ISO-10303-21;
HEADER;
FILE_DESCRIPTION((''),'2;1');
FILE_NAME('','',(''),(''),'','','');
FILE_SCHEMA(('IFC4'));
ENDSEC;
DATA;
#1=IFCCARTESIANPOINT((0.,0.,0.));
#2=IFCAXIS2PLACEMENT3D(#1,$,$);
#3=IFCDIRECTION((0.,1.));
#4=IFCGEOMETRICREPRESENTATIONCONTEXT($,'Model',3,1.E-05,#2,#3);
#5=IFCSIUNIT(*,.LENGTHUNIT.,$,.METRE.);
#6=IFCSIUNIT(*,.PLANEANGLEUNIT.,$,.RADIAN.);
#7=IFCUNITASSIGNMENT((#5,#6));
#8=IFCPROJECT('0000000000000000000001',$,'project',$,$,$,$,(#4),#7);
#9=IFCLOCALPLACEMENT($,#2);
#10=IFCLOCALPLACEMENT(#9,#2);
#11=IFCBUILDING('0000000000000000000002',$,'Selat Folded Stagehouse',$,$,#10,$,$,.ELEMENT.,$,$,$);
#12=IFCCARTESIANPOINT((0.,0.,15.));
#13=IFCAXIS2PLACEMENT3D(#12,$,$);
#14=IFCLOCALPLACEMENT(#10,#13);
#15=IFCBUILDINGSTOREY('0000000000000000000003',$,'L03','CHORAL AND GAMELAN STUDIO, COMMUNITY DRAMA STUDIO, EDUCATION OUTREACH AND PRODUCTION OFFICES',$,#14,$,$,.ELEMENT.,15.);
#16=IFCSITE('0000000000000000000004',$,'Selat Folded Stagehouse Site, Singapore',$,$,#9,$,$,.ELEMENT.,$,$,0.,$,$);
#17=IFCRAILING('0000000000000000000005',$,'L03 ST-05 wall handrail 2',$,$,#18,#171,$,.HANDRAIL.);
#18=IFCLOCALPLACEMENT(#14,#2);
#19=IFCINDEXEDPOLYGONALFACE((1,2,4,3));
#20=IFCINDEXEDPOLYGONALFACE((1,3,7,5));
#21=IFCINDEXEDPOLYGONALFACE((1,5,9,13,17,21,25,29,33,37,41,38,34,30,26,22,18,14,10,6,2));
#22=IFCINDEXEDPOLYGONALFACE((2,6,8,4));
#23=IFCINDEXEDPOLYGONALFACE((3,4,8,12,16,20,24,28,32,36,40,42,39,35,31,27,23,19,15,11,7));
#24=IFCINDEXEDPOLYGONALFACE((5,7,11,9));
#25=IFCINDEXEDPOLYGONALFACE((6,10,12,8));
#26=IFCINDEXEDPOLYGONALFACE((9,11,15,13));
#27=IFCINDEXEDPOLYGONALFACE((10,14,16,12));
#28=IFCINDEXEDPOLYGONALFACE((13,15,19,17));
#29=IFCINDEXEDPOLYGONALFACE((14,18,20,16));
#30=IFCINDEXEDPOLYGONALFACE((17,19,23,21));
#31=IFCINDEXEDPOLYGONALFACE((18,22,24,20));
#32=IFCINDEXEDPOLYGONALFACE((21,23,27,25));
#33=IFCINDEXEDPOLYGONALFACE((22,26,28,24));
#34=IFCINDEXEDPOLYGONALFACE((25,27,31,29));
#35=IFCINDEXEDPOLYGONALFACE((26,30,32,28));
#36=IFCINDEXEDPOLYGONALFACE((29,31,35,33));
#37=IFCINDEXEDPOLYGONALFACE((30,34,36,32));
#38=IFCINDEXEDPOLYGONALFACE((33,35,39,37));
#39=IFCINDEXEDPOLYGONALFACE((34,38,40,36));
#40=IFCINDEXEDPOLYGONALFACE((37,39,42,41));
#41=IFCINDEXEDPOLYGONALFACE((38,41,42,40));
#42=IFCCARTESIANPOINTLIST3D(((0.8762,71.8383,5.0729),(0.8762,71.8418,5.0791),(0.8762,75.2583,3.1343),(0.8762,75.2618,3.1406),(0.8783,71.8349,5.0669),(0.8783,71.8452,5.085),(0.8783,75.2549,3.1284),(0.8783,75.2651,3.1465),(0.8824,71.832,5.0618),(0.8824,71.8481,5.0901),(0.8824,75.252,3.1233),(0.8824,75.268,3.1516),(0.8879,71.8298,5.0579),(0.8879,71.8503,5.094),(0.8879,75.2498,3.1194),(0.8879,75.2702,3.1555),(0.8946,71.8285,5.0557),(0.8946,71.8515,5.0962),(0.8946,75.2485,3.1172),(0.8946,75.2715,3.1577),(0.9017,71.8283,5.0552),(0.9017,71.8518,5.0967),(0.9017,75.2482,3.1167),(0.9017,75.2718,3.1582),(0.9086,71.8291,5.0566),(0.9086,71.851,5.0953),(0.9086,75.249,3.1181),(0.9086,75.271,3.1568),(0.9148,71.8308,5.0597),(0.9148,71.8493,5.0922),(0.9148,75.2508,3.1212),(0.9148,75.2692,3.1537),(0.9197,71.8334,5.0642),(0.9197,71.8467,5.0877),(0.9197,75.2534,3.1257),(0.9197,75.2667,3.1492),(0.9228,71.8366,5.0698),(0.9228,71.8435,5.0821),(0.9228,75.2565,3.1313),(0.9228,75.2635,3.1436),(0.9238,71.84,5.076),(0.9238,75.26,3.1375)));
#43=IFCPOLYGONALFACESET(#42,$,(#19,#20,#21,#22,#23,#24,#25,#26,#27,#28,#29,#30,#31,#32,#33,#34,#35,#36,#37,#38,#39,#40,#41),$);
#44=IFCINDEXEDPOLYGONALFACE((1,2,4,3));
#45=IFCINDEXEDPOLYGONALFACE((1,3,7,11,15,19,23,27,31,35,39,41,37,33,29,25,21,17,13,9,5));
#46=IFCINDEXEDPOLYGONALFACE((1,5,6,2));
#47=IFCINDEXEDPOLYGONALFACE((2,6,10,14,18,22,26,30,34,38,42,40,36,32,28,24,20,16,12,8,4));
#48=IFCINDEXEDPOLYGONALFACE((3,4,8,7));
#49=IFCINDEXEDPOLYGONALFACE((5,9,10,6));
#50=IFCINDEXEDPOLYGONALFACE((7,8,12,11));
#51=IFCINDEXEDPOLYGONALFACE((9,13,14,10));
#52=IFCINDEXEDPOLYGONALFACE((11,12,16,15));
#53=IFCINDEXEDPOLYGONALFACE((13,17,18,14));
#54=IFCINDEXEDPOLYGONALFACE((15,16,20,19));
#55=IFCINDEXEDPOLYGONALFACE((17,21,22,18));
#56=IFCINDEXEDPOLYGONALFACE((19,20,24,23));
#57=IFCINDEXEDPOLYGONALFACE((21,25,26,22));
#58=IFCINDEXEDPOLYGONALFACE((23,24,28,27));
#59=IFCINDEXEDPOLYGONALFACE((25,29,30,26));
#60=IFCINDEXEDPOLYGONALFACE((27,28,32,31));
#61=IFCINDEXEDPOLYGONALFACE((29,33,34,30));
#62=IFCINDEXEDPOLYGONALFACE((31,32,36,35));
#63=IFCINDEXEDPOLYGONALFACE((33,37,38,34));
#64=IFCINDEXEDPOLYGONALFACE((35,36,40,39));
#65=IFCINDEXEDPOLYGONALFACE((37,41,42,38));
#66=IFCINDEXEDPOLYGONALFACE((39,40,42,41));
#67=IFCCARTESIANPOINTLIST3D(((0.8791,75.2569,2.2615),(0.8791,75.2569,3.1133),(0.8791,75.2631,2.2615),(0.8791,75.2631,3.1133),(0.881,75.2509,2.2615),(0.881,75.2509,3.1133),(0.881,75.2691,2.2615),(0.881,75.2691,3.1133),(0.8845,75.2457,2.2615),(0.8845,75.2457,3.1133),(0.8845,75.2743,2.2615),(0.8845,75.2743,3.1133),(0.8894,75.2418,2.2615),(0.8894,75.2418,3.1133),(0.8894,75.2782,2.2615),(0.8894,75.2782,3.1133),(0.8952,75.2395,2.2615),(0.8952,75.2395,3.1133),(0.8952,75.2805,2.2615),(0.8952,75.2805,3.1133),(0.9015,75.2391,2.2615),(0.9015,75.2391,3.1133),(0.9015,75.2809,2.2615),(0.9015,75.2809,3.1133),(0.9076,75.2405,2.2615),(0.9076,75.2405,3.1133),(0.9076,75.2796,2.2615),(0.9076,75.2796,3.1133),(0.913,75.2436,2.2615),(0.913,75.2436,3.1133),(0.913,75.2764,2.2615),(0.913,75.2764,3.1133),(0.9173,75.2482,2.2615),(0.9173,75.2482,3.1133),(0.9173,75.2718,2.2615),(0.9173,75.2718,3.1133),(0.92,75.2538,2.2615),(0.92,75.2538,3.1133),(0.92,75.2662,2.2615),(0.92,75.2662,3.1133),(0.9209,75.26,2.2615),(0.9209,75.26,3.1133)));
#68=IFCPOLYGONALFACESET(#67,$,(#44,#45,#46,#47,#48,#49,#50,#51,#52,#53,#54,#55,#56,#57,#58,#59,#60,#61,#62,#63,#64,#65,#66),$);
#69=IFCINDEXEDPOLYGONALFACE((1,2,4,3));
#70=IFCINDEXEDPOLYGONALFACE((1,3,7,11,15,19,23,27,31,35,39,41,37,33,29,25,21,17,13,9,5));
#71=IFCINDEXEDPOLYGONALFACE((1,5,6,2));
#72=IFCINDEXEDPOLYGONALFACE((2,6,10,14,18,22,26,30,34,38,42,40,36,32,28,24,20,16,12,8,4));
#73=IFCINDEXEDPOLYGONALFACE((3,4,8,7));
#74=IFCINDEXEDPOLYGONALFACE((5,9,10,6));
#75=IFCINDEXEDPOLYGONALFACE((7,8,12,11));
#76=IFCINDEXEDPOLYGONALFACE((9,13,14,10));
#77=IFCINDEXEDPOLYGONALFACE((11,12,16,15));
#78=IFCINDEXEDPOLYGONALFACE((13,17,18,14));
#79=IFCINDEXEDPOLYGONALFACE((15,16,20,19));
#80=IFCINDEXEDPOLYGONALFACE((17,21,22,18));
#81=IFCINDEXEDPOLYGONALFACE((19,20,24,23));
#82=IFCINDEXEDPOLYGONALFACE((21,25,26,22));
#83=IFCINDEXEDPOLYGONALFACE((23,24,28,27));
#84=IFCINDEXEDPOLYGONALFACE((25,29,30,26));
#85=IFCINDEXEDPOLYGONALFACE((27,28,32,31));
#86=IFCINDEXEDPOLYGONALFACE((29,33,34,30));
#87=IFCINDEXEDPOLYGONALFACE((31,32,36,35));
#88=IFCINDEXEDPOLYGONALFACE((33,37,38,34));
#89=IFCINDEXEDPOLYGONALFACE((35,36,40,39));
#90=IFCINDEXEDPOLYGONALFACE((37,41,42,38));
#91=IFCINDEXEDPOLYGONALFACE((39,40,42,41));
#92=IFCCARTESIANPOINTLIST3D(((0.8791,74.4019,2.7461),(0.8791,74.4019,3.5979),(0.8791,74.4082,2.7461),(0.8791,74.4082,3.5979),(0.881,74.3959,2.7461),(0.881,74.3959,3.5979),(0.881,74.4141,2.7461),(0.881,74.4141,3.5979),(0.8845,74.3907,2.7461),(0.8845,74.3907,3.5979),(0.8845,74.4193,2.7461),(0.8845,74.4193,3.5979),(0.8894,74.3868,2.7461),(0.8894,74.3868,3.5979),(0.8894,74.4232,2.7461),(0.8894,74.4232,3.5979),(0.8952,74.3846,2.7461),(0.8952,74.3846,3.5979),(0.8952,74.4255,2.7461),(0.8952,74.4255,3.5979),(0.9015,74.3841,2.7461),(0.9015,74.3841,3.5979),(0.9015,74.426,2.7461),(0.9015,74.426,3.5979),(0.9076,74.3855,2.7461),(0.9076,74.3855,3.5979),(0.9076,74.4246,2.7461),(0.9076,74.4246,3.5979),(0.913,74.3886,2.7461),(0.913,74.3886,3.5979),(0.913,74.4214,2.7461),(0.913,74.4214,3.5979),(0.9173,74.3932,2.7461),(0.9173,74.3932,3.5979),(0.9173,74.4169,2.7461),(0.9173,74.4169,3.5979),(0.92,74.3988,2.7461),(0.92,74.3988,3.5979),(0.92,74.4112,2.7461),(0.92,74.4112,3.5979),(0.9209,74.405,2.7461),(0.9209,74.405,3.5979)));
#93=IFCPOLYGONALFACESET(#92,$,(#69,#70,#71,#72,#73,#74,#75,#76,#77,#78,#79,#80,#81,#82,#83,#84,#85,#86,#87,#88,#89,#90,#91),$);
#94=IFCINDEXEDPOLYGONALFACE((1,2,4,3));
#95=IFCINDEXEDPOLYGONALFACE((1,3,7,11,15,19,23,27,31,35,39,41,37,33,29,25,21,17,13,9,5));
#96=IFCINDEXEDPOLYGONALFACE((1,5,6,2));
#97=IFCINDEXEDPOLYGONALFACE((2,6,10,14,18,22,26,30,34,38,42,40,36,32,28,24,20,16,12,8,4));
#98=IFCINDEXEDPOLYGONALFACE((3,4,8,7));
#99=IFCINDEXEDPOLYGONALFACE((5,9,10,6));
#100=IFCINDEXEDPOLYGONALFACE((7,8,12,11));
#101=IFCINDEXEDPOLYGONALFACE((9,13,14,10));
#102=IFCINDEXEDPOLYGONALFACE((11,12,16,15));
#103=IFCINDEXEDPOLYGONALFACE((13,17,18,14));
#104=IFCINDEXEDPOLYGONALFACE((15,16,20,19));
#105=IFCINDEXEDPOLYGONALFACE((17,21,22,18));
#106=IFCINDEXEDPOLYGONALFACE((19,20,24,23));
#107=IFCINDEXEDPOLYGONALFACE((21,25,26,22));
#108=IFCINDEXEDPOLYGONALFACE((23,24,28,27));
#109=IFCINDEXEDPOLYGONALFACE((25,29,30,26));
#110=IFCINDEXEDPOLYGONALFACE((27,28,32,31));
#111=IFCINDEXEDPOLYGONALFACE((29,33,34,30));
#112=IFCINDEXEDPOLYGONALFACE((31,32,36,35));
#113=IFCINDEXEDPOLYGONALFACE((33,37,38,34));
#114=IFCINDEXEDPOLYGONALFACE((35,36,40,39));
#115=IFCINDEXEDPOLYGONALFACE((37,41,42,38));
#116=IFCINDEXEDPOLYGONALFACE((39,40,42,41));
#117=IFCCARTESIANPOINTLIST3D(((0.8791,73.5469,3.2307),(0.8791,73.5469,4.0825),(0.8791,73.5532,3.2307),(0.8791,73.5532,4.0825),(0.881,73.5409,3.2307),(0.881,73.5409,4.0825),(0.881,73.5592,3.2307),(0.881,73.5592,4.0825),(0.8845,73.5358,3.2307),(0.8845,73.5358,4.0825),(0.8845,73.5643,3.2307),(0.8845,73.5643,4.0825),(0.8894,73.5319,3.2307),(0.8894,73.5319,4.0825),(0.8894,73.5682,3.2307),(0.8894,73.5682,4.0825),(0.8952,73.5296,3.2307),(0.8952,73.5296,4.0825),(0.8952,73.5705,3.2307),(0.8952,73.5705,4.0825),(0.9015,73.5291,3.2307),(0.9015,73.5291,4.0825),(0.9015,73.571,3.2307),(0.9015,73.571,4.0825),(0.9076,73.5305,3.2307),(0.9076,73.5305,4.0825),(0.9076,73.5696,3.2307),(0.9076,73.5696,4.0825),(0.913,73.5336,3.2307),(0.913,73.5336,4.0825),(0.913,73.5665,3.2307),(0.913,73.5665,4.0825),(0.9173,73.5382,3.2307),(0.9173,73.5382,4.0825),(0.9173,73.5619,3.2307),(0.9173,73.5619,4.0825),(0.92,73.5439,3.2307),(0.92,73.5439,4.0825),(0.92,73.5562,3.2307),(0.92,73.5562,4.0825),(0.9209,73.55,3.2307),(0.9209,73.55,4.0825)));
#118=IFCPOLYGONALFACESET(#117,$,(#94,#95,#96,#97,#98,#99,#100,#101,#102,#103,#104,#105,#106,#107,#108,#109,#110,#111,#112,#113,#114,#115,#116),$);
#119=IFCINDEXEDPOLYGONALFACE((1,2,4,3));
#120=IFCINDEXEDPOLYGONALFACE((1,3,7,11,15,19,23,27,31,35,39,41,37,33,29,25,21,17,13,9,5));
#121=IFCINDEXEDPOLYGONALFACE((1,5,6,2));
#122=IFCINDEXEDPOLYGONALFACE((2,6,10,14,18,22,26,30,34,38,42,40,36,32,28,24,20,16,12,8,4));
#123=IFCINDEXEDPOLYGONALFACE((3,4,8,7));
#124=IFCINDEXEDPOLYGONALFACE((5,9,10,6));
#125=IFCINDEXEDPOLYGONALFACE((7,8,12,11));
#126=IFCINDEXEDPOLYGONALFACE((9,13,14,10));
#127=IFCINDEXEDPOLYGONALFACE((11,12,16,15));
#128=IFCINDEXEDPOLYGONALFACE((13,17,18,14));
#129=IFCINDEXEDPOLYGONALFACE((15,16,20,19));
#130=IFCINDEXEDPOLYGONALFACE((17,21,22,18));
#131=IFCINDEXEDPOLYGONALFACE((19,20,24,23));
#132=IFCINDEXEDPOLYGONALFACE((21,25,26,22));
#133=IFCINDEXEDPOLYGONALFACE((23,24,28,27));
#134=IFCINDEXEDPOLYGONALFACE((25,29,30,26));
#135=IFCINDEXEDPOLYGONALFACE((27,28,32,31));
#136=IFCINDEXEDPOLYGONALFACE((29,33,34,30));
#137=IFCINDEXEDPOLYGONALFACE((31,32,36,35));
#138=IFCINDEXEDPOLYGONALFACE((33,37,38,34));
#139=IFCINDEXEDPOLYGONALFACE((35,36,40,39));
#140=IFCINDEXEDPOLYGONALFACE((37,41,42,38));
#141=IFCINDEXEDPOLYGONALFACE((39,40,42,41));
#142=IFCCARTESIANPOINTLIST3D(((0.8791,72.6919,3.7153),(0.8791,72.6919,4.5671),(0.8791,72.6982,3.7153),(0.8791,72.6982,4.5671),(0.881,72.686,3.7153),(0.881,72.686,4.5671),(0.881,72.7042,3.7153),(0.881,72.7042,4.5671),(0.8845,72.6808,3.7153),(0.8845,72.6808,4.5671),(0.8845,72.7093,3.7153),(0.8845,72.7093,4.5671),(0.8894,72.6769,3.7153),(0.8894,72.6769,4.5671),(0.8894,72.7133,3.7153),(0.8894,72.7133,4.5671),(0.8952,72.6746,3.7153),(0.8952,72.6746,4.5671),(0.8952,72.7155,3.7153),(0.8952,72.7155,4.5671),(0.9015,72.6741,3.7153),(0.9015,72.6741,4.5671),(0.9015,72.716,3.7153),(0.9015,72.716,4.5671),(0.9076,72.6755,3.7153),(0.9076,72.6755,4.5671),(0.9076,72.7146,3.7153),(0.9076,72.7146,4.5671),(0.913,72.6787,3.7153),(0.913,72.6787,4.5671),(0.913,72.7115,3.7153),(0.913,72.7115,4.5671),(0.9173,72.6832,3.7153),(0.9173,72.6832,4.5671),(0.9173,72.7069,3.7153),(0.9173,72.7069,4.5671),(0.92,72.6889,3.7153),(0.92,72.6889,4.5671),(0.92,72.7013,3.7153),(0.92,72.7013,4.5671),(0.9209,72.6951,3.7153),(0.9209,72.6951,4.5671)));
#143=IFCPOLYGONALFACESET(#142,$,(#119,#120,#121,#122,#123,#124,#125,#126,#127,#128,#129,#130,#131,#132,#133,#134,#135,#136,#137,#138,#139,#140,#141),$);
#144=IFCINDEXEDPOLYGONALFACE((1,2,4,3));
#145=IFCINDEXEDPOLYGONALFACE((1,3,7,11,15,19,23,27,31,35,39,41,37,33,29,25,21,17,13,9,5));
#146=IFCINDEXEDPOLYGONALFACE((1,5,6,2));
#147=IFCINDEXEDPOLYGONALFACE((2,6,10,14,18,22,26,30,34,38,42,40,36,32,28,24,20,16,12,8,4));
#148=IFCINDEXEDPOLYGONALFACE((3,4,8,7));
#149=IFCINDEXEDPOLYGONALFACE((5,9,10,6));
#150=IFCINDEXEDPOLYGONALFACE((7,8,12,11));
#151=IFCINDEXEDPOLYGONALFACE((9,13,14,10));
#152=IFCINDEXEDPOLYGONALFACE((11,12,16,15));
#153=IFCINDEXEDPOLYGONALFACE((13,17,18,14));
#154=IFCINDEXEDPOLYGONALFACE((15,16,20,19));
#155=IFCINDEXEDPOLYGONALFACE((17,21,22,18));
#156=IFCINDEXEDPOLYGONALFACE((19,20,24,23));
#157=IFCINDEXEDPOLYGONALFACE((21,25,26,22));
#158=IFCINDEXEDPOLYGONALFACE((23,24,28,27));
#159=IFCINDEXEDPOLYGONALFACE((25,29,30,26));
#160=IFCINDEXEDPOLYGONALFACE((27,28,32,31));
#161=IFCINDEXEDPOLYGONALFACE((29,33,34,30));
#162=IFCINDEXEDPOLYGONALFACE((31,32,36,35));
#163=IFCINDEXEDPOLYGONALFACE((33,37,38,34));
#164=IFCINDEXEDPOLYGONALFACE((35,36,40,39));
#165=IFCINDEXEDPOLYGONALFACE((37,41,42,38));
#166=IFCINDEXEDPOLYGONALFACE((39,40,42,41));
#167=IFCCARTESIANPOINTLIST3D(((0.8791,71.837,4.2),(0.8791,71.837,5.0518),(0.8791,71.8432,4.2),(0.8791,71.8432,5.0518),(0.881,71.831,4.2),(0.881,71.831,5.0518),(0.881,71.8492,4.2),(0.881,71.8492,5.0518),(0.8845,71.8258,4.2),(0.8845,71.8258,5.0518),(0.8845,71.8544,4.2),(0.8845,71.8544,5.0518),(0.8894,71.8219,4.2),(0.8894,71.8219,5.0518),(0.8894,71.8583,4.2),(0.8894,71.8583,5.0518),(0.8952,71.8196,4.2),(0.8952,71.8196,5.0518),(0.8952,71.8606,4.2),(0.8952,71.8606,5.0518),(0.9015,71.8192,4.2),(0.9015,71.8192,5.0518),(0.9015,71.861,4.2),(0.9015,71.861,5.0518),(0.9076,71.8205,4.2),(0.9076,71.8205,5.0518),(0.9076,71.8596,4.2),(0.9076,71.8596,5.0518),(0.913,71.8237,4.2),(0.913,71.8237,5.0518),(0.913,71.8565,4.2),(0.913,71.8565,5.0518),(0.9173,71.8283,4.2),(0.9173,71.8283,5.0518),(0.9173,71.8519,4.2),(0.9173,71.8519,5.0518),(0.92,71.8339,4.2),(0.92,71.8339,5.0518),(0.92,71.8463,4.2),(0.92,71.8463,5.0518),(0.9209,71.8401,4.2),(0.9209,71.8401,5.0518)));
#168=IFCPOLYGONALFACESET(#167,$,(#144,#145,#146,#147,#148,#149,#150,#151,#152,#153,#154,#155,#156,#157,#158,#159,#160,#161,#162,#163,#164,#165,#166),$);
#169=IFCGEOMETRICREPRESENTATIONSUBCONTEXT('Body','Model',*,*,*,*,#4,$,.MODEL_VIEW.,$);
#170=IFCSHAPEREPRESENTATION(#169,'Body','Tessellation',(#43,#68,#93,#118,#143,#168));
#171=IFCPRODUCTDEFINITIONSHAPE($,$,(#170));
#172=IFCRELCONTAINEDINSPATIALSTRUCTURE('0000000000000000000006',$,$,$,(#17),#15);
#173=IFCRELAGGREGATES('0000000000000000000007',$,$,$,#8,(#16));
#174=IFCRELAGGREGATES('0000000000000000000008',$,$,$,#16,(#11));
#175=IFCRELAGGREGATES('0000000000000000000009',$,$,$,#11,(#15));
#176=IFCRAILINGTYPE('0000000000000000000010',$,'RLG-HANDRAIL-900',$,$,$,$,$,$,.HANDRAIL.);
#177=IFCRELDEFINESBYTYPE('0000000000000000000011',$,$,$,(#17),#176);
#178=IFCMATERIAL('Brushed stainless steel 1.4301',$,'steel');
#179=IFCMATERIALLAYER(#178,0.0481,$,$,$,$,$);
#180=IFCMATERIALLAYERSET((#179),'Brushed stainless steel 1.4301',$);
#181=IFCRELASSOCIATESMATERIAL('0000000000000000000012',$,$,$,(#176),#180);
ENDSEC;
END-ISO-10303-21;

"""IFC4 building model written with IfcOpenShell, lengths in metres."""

from ifc_helpers import new_model, si_unit, direction, frame, origin, origin_2d, place, context, subcontext, project, spatial, circle, extrude, material, layer, layer_set, type_object, element, save


model = new_model("IFC4")

# Units and contexts
model_context = context("Model", 3, precision=1e-05, world=origin(), true_north=direction((0.0, 1.0)))
body_context = subcontext(model_context, "Body", "Model", "MODEL_VIEW")
ifc_project = project(units=[si_unit("LENGTHUNIT", "METRE"), si_unit("PLANEANGLEUNIT", "RADIAN")], contexts=[model_context])

# Site, building, storey
site_placement = place(None, origin())
site = spatial("IfcSite", under=ifc_project, at=site_placement, Name="Selat Folded Stagehouse Site, Singapore", CompositionType="ELEMENT", RefElevation=0.0)
building_placement = place(site_placement, origin())
building = spatial("IfcBuilding", under=site, at=building_placement, Name="Selat Folded Stagehouse", CompositionType="ELEMENT")
storey_placement = place(building_placement, frame((0.0, 0.0, 15.0)))
storey = spatial("IfcBuildingStorey", under=building, at=storey_placement, Name="L03", Description="CHORAL AND GAMELAN STUDIO, COMMUNITY DRAMA STUDIO, EDUCATION OUTREACH AND PRODUCTION OFFICES", CompositionType="ELEMENT", Elevation=15.0)

# Railing
ifc_material_1 = material(Name="Brushed stainless steel 1.4301", Category="steel")
ifc_layer_1 = layer(ifc_material_1, 0.0481)
ifc_layer_set_1 = layer_set([ifc_layer_1], Name="Brushed stainless steel 1.4301")
railing_type_1 = type_object("IfcRailingType", Name="RLG-HANDRAIL-900", PredefinedType="HANDRAIL", material=ifc_layer_set_1)
railing_1_placement = place(storey_placement, frame((0.8999, 75.26, 2.2615)))
element("IfcRailing", 1, at=railing_1_placement, inside=storey, type_object=railing_type_1, Name="L03 ST-05 wall handrail 2", PredefinedType="HANDRAIL", context=body_context, shape_type="SweptSolid", body=[
    extrude(circle(Radius=0.0239, at=origin_2d()), frame((0.0, 0.0, 0.876), z_axis=(0.0, -0.869965, 0.493113), x_axis=(1.0, 0.0, 0.0)), (0.0, 0.0, 1.0), 3.9312),
    extrude(circle(Radius=0.021, at=origin_2d()), origin(), (0.0, 0.0, 1.0), 0.8518),
    extrude(circle(Radius=0.021, at=origin_2d()), frame((0.0, -0.855, 0.4846)), (0.0, 0.0, 1.0), 0.8518),
    extrude(circle(Radius=0.021, at=origin_2d()), frame((0.0, -1.71, 0.9692)), (0.0, 0.0, 1.0), 0.8518),
    extrude(circle(Radius=0.021, at=origin_2d()), frame((0.0, -2.5649, 1.4539)), (0.0, 0.0, 1.0), 0.8518),
    extrude(circle(Radius=0.021, at=origin_2d()), frame((0.0, -3.4199, 1.9385)), (0.0, 0.0, 1.0), 0.8518),
])

save(model, "model.ifc")
